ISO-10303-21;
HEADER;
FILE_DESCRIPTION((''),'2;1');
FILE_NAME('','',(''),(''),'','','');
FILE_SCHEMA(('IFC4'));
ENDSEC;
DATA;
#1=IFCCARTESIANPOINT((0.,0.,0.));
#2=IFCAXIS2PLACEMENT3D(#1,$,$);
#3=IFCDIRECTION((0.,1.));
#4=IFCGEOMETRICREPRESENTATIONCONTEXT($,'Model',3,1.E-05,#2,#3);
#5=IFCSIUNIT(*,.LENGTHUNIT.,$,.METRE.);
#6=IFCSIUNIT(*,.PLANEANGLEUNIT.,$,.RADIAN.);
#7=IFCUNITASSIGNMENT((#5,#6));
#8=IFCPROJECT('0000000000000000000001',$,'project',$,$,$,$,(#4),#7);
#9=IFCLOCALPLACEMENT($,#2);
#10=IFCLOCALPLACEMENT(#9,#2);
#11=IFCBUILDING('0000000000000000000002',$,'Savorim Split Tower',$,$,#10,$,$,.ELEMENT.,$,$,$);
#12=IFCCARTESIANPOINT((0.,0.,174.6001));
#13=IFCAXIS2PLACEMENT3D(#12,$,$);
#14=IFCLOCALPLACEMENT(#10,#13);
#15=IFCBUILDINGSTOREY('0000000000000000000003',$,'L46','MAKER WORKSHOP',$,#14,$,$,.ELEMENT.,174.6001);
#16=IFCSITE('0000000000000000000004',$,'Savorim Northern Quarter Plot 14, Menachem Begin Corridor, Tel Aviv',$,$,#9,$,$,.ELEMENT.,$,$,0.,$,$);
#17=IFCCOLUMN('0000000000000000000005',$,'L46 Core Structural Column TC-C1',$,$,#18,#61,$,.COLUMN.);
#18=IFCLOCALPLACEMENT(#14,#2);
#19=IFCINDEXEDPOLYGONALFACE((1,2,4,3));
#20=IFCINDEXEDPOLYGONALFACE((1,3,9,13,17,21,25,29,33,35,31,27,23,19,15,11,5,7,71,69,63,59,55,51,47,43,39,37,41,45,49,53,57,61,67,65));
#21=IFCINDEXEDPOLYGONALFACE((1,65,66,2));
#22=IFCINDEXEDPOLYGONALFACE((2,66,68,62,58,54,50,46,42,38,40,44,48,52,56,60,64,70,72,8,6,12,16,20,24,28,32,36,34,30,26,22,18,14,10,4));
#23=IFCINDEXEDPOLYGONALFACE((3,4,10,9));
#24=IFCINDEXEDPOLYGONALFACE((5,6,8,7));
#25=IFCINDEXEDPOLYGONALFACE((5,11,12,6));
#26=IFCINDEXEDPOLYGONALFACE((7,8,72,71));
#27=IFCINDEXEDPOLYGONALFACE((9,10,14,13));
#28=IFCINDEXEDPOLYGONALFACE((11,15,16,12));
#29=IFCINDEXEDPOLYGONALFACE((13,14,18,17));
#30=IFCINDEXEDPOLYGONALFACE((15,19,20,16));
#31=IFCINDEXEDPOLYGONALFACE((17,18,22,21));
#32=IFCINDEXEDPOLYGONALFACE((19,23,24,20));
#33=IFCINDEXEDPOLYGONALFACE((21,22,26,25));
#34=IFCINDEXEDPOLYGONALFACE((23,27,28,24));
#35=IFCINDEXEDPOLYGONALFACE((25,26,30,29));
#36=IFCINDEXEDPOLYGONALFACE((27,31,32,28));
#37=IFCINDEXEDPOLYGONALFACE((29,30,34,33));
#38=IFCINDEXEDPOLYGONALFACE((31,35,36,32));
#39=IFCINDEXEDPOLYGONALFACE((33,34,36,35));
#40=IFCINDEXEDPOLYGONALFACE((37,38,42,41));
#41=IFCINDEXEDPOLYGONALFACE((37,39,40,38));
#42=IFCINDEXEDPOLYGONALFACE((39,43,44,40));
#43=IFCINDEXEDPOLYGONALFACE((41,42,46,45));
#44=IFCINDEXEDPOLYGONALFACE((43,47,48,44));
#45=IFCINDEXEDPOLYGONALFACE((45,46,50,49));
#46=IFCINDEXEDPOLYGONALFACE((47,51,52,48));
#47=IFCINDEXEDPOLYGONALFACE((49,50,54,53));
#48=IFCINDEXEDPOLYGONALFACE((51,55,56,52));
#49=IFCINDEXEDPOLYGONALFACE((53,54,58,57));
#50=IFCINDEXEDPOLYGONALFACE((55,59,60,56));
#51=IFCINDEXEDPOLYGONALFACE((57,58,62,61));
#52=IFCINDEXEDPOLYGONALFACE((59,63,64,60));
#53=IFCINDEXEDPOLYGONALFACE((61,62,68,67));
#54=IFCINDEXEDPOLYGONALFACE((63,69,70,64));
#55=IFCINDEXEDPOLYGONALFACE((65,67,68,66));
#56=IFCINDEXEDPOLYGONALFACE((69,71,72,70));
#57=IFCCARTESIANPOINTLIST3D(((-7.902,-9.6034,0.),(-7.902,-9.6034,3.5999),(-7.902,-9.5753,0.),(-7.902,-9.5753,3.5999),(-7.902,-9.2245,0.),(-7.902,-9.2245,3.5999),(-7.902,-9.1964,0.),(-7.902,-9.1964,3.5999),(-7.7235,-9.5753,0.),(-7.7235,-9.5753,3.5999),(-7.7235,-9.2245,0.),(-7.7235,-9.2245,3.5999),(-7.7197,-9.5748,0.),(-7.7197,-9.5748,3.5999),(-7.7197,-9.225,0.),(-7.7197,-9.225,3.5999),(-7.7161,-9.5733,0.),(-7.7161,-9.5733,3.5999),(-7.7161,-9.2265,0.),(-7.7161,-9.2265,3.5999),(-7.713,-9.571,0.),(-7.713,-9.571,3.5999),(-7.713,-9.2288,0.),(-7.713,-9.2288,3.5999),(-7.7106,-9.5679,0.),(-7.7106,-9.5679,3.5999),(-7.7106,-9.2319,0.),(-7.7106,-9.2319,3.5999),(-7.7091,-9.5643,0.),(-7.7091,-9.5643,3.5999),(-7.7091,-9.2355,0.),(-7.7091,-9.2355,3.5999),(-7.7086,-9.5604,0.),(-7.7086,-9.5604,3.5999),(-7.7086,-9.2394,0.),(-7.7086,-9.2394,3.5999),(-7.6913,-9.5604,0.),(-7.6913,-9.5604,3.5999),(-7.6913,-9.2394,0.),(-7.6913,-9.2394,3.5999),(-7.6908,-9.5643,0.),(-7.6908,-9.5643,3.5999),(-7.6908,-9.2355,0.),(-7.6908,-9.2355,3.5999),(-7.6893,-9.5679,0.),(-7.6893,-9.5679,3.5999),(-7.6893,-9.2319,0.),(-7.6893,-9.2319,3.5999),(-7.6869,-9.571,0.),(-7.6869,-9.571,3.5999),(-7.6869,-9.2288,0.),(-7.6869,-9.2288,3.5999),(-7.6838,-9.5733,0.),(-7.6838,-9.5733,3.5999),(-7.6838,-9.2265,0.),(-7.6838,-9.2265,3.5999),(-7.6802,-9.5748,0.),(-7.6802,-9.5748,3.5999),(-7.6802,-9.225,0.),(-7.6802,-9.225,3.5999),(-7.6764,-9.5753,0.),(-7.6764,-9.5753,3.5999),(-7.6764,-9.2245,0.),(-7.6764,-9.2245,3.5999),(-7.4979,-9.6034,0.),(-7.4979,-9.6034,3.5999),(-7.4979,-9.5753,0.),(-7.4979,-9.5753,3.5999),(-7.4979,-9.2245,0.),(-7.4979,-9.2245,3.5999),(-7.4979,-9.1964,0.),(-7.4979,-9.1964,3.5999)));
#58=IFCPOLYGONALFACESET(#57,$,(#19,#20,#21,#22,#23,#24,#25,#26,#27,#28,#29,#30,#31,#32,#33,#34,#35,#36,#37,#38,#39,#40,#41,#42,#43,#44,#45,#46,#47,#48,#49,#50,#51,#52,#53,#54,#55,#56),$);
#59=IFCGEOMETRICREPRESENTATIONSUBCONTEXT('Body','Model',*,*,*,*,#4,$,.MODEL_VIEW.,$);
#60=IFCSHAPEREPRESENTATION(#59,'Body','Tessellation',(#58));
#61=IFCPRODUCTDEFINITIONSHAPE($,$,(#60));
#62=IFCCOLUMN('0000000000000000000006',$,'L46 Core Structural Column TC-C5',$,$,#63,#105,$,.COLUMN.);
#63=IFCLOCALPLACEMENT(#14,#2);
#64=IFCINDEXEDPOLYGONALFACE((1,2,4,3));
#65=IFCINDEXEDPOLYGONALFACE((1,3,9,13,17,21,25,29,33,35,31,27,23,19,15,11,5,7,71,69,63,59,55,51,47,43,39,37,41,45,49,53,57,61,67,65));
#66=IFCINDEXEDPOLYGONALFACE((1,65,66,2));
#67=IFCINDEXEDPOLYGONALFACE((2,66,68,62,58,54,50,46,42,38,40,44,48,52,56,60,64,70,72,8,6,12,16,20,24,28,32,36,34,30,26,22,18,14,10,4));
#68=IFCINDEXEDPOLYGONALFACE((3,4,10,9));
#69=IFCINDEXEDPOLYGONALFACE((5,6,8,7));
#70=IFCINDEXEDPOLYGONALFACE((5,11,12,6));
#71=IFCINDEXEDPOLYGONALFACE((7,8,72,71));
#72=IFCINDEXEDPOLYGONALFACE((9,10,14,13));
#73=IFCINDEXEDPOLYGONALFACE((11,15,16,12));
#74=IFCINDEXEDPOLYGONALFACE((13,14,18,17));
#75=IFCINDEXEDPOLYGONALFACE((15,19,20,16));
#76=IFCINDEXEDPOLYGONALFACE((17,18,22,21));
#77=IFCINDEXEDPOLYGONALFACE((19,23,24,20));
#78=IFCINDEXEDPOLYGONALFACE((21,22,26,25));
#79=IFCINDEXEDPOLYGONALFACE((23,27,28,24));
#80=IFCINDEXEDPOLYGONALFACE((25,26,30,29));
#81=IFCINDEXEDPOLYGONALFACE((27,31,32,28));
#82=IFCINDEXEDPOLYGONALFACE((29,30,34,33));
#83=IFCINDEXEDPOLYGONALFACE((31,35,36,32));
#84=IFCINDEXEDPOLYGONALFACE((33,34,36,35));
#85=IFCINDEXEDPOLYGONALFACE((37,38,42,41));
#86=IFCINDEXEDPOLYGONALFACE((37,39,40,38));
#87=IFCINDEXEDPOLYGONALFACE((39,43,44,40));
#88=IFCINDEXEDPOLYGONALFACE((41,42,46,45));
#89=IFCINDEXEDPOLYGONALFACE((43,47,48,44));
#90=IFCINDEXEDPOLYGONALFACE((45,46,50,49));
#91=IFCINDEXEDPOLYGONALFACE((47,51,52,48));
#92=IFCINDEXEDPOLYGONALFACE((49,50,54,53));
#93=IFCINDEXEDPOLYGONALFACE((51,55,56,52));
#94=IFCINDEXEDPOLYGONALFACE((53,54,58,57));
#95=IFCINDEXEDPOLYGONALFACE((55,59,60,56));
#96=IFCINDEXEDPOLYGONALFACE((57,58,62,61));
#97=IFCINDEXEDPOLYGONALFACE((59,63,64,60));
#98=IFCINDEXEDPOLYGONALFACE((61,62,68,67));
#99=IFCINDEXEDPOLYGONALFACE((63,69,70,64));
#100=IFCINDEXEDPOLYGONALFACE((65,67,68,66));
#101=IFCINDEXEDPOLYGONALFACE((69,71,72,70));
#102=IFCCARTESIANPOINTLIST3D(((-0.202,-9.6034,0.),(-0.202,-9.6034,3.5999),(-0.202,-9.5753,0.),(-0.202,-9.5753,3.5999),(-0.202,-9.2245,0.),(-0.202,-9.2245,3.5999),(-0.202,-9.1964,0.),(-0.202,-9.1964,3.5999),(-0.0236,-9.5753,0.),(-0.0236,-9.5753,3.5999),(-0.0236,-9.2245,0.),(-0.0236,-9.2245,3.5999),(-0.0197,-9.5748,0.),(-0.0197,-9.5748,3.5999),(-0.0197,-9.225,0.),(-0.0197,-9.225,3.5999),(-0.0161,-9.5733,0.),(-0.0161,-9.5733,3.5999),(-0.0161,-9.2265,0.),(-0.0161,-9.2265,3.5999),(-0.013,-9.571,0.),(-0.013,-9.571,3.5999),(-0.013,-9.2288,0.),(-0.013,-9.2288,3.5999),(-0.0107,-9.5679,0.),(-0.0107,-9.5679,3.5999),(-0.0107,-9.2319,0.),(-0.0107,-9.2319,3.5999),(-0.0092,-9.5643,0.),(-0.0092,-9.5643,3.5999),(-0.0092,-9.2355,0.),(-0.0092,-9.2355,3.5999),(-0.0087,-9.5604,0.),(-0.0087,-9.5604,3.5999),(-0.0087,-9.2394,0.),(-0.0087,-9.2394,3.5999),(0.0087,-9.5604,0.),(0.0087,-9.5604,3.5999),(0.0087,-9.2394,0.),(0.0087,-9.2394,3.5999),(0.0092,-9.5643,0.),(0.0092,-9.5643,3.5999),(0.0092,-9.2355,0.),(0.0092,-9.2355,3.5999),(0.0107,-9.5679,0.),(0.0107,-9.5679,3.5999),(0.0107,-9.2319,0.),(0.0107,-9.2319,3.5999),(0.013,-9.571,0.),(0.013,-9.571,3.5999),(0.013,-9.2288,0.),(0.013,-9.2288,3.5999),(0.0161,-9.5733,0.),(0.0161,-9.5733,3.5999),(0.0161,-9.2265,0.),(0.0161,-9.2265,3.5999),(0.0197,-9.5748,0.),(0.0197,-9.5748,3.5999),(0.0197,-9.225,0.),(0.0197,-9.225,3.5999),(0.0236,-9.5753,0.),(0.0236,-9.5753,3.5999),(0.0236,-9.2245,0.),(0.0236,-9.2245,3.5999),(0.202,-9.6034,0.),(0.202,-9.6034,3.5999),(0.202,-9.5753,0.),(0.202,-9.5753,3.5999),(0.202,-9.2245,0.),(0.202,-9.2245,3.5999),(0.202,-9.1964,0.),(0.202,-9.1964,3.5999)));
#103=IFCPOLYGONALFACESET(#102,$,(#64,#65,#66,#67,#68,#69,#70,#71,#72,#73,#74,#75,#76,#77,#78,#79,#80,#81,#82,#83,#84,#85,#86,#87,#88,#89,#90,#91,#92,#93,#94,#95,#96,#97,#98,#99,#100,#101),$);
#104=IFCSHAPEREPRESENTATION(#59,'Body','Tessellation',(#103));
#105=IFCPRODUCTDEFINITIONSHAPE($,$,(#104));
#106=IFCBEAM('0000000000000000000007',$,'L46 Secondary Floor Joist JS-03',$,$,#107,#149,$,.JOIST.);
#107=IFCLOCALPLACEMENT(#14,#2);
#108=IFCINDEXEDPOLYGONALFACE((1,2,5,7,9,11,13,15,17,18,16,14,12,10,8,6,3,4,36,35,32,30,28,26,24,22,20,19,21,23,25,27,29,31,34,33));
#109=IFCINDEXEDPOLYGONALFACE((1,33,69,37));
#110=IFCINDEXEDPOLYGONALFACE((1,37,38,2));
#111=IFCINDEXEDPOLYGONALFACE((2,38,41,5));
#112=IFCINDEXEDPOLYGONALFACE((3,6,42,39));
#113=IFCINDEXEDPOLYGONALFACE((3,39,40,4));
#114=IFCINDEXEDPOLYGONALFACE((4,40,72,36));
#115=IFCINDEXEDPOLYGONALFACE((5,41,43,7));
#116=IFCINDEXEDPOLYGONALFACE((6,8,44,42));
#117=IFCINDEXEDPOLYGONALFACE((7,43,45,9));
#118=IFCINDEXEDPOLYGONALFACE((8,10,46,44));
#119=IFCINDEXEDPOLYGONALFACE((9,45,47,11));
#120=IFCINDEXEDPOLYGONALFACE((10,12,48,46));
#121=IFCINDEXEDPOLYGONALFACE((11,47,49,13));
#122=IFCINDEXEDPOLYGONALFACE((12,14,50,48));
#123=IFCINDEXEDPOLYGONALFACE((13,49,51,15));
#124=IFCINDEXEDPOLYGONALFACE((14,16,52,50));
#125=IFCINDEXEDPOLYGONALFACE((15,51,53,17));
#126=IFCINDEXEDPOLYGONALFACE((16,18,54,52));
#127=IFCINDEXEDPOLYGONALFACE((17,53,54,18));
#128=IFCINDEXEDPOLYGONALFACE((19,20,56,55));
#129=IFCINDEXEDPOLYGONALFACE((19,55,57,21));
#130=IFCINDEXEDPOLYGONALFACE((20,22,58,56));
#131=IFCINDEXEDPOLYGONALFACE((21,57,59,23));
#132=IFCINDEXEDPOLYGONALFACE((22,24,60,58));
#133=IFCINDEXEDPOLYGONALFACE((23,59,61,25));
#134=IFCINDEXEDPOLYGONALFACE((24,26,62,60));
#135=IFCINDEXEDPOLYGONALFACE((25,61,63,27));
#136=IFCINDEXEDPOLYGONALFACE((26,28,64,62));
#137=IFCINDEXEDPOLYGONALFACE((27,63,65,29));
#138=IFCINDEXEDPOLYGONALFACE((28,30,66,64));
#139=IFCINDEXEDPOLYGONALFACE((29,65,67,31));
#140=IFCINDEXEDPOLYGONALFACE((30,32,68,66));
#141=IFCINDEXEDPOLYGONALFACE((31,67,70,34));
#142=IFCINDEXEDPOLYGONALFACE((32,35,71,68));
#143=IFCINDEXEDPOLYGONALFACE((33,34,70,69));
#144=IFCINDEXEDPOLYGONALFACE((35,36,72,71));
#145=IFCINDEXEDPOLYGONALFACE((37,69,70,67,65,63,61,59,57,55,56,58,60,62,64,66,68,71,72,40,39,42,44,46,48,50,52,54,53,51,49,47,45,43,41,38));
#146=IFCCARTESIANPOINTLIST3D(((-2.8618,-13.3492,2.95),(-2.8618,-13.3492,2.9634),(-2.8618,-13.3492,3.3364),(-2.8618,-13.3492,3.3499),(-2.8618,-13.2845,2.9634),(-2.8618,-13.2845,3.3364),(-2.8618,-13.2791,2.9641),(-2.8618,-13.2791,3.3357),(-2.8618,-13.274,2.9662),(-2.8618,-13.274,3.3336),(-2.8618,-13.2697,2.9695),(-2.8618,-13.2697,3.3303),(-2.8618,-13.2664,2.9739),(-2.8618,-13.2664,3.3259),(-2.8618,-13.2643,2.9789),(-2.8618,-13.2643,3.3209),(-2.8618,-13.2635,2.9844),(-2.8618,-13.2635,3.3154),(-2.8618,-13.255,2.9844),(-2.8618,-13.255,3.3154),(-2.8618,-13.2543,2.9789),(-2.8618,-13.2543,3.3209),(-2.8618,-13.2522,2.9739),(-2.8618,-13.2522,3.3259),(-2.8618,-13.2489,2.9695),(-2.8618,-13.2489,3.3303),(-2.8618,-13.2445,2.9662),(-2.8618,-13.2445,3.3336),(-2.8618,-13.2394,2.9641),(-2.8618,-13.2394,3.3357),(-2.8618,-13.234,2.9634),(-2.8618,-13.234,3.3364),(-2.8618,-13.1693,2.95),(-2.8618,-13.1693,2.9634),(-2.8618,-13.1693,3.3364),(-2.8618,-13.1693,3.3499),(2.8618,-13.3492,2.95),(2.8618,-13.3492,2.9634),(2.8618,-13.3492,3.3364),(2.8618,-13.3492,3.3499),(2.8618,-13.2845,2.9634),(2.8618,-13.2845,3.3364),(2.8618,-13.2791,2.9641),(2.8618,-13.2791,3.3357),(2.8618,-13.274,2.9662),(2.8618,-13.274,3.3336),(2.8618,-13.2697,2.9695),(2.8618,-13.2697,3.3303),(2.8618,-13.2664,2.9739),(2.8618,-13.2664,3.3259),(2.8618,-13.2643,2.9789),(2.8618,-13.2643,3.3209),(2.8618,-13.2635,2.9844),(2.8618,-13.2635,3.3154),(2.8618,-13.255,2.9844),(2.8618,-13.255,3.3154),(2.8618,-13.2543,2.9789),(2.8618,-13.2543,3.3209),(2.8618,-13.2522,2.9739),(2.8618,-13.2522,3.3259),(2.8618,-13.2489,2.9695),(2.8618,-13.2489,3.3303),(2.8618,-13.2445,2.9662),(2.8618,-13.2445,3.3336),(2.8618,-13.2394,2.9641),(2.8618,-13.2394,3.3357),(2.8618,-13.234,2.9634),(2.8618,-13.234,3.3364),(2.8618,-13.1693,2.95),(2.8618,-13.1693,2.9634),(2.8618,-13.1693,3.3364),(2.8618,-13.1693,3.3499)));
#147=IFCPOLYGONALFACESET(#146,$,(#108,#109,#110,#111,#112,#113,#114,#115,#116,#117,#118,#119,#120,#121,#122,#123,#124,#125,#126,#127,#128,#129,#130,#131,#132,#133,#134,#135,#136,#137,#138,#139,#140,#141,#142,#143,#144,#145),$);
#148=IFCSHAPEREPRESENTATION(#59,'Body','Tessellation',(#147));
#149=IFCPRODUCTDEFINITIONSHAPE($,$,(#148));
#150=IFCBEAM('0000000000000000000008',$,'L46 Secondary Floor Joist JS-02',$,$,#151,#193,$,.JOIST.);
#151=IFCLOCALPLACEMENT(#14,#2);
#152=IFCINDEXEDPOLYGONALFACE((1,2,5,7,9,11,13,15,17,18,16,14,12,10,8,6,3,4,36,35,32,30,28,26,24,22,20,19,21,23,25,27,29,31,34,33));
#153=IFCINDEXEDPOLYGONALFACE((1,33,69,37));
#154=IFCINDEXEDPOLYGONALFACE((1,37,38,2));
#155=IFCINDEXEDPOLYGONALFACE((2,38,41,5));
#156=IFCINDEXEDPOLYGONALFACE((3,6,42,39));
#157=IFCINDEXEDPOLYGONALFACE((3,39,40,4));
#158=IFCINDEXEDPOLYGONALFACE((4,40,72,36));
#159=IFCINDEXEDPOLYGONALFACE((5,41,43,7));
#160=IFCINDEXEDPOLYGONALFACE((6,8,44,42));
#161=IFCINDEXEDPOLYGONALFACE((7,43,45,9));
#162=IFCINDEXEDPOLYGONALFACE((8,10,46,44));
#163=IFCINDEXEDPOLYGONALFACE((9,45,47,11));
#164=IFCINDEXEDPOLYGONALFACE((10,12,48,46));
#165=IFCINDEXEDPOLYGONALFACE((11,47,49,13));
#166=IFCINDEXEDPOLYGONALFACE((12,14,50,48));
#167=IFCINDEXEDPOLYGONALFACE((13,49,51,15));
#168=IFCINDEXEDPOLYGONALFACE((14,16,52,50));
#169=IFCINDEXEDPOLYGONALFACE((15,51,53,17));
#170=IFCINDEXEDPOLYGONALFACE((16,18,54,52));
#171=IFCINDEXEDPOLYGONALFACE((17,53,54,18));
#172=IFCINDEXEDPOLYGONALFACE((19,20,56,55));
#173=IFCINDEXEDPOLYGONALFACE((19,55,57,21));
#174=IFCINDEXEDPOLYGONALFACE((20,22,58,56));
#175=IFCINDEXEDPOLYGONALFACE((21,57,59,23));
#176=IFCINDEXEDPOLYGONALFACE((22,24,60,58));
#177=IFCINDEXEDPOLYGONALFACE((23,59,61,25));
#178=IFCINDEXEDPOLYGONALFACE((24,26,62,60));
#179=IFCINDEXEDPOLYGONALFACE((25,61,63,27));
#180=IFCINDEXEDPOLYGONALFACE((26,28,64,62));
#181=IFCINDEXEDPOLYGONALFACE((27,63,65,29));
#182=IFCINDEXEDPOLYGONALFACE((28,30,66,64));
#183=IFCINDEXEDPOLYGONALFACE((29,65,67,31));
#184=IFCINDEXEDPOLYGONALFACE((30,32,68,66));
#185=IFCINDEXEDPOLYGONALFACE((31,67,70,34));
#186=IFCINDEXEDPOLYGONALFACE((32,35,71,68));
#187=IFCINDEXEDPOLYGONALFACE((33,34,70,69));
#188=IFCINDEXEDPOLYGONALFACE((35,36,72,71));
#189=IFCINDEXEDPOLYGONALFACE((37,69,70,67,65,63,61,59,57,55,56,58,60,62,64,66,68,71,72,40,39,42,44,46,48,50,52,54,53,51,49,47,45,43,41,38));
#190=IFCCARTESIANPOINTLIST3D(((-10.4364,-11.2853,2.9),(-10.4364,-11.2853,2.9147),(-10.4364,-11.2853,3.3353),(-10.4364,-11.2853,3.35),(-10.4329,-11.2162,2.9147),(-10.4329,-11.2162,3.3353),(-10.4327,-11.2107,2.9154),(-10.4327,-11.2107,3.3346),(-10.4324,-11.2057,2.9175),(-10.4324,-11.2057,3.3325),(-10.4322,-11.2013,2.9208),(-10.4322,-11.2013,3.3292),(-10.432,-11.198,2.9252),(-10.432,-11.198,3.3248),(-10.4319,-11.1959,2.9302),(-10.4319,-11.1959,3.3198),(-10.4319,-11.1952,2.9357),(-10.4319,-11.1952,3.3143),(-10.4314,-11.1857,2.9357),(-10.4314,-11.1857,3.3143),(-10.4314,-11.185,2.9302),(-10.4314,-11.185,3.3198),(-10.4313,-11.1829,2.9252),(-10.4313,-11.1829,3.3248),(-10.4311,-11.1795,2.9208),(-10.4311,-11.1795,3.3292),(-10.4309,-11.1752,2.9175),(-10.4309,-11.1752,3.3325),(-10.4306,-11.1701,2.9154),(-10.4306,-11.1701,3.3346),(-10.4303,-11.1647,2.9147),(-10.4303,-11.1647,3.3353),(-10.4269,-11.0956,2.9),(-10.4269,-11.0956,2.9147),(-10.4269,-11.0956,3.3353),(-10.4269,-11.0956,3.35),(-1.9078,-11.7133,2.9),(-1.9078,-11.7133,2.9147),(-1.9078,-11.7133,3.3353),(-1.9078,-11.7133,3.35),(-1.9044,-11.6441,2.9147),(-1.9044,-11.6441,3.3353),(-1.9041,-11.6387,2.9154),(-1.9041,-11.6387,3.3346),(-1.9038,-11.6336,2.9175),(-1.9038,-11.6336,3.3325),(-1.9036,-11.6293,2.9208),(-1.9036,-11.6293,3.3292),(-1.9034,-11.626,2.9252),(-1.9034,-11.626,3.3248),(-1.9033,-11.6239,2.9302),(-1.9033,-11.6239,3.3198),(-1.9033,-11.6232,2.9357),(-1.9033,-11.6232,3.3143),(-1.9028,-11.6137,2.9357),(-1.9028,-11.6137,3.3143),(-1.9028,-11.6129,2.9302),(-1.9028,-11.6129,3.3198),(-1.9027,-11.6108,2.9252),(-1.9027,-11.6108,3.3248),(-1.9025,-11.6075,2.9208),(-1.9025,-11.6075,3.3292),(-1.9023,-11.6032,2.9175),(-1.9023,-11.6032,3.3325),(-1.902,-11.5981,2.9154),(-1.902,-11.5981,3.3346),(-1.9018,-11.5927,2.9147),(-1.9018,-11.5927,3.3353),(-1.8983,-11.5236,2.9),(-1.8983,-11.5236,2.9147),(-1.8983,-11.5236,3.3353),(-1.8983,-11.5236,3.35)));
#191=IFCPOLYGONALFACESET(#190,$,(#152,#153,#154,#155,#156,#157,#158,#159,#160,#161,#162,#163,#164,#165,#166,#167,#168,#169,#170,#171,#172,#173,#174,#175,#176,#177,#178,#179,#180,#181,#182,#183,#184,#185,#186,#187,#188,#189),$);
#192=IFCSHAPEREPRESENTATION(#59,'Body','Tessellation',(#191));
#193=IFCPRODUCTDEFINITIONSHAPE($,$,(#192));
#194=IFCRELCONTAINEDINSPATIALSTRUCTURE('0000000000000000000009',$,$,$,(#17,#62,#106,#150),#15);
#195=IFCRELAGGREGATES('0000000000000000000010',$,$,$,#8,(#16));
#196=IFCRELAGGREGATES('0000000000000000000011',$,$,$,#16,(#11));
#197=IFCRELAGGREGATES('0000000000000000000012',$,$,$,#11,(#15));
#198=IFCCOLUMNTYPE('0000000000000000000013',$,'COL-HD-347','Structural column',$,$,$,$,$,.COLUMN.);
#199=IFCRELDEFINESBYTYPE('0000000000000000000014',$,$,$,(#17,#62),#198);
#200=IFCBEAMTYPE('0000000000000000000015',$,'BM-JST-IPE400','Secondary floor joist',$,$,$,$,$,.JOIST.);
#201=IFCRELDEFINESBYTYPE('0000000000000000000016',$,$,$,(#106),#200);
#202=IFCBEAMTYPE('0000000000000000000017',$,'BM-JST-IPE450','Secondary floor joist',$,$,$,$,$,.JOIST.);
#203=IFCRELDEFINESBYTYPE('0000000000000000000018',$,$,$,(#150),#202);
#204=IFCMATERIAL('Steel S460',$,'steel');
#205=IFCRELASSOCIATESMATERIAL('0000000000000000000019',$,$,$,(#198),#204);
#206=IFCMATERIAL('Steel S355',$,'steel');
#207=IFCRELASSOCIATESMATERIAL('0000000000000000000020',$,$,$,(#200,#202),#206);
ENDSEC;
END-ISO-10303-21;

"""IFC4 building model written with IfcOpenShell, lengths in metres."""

from ifc_helpers import new_model, si_unit, direction, frame, origin, origin_2d, place, context, subcontext, project, spatial, i_section, extrude, material, material_profile, profile_set, type_object, element, save


model = new_model("IFC4")

# Units and contexts
model_context = context("Model", 3, precision=1e-05, world=origin(), true_north=direction((0.0, 1.0)))
body_context = subcontext(model_context, "Body", "Model", "MODEL_VIEW")
ifc_project = project(units=[si_unit("LENGTHUNIT", "METRE"), si_unit("PLANEANGLEUNIT", "RADIAN")], contexts=[model_context])

# Site, building, storey
site_placement = place(None, origin())
site = spatial("IfcSite", under=ifc_project, at=site_placement, Name="Savorim Northern Quarter Plot 14, Menachem Begin Corridor, Tel Aviv", CompositionType="ELEMENT", RefElevation=0.0)
building_placement = place(site_placement, origin())
building = spatial("IfcBuilding", under=site, at=building_placement, Name="Savorim Split Tower", CompositionType="ELEMENT")
storey_placement = place(building_placement, frame((0.0, 0.0, 174.6001)))
storey = spatial("IfcBuildingStorey", under=building, at=storey_placement, Name="L46", Description="MAKER WORKSHOP", CompositionType="ELEMENT", Elevation=174.6001)

# Columns
ifc_material_1 = material(Name="Steel S460", Category="steel")
ifc_material_profile_1 = material_profile(ifc_material_1, i_section(OverallWidth=0.4041, OverallDepth=0.407, WebThickness=0.0173, FlangeThickness=0.0281, FilletRadius=0.0149, at=origin_2d()), Name="HD 400x347")
ifc_profile_set_1 = profile_set([ifc_material_profile_1], Name="Steel S460")
column_type = type_object("IfcColumnType", Name="COL-HD-347", Description="Structural column", PredefinedType="COLUMN", material=ifc_profile_set_1)
for number, where, z_axis, x_axis, name in (
    (1, (-7.7, -9.3999, 0.0), (0.0, 0.0, 1.0), (1.0, 0.0, 0.0), "L46 Core Structural Column TC-C1"),
    (2, (0.0, -9.3999, 0.0), (0.0, 0.0, 1.0), (1.0, 0.0, 0.0), "L46 Core Structural Column TC-C5"),
):
    element("IfcColumn", number, at=place(storey_placement, frame(where, z_axis=z_axis, x_axis=x_axis)), inside=storey, type_object=column_type, Name=name, PredefinedType="COLUMN", context=body_context, shape_type="SweptSolid", body=[
        extrude(i_section(OverallWidth=0.4041, OverallDepth=0.407, WebThickness=0.0173, FlangeThickness=0.0281, FilletRadius=0.0149, at=origin_2d()), origin(), (0.0, 0.0, 1.0), 3.5999),
    ])

# Beams
ifc_material_2 = material(Name="Steel S355", Category="steel")
ifc_material_profile_2 = material_profile(ifc_material_2, i_section(OverallWidth=0.1799, OverallDepth=0.3999, WebThickness=0.0085, FlangeThickness=0.0134, FilletRadius=0.021, at=origin_2d()), Name="IPE 400")
ifc_profile_set_2 = profile_set([ifc_material_profile_2], Name="Steel S355")
beam_type_1 = type_object("IfcBeamType", Name="BM-JST-IPE400", Description="Secondary floor joist", PredefinedType="JOIST", material=ifc_profile_set_2)
beam_1_placement = place(storey_placement, frame((-2.8618, -13.2593, 3.1499), z_axis=(1.0, 0.0, 0.0), x_axis=(0.0, 1.0, 0.0)))
element("IfcBeam", 3, at=beam_1_placement, inside=storey, type_object=beam_type_1, Name="L46 Secondary Floor Joist JS-03", PredefinedType="JOIST", context=body_context, shape_type="SweptSolid", body=[
    extrude(i_section(OverallWidth=0.1799, OverallDepth=0.3999, WebThickness=0.0085, FlangeThickness=0.0134, FilletRadius=0.021, at=origin_2d()), origin(), (0.0, 0.0, 1.0), 5.7236),
])
ifc_material_profile_3 = material_profile(ifc_material_2, i_section(OverallWidth=0.1899, OverallDepth=0.45, WebThickness=0.0095, FlangeThickness=0.0146, FilletRadius=0.021, at=origin_2d()), Name="IPE 450")
ifc_profile_set_3 = profile_set([ifc_material_profile_3], Name="Steel S355")
beam_type_2 = type_object("IfcBeamType", Name="BM-JST-IPE450", Description="Secondary floor joist", PredefinedType="JOIST", material=ifc_profile_set_3)
beam_2_placement = place(storey_placement, frame((-10.4316, -11.1904, 3.125), z_axis=(0.998743, -0.050119, 0.0), x_axis=(0.050119, 0.998743, 0.0)))
element("IfcBeam", 4, at=beam_2_placement, inside=storey, type_object=beam_type_2, Name="L46 Secondary Floor Joist JS-02", PredefinedType="JOIST", context=body_context, shape_type="SweptSolid", body=[
    extrude(i_section(OverallWidth=0.1899, OverallDepth=0.45, WebThickness=0.0095, FlangeThickness=0.0146, FilletRadius=0.021, at=origin_2d()), origin(), (0.0, 0.0, 1.0), 8.5393),
])

save(model, "model.ifc")
